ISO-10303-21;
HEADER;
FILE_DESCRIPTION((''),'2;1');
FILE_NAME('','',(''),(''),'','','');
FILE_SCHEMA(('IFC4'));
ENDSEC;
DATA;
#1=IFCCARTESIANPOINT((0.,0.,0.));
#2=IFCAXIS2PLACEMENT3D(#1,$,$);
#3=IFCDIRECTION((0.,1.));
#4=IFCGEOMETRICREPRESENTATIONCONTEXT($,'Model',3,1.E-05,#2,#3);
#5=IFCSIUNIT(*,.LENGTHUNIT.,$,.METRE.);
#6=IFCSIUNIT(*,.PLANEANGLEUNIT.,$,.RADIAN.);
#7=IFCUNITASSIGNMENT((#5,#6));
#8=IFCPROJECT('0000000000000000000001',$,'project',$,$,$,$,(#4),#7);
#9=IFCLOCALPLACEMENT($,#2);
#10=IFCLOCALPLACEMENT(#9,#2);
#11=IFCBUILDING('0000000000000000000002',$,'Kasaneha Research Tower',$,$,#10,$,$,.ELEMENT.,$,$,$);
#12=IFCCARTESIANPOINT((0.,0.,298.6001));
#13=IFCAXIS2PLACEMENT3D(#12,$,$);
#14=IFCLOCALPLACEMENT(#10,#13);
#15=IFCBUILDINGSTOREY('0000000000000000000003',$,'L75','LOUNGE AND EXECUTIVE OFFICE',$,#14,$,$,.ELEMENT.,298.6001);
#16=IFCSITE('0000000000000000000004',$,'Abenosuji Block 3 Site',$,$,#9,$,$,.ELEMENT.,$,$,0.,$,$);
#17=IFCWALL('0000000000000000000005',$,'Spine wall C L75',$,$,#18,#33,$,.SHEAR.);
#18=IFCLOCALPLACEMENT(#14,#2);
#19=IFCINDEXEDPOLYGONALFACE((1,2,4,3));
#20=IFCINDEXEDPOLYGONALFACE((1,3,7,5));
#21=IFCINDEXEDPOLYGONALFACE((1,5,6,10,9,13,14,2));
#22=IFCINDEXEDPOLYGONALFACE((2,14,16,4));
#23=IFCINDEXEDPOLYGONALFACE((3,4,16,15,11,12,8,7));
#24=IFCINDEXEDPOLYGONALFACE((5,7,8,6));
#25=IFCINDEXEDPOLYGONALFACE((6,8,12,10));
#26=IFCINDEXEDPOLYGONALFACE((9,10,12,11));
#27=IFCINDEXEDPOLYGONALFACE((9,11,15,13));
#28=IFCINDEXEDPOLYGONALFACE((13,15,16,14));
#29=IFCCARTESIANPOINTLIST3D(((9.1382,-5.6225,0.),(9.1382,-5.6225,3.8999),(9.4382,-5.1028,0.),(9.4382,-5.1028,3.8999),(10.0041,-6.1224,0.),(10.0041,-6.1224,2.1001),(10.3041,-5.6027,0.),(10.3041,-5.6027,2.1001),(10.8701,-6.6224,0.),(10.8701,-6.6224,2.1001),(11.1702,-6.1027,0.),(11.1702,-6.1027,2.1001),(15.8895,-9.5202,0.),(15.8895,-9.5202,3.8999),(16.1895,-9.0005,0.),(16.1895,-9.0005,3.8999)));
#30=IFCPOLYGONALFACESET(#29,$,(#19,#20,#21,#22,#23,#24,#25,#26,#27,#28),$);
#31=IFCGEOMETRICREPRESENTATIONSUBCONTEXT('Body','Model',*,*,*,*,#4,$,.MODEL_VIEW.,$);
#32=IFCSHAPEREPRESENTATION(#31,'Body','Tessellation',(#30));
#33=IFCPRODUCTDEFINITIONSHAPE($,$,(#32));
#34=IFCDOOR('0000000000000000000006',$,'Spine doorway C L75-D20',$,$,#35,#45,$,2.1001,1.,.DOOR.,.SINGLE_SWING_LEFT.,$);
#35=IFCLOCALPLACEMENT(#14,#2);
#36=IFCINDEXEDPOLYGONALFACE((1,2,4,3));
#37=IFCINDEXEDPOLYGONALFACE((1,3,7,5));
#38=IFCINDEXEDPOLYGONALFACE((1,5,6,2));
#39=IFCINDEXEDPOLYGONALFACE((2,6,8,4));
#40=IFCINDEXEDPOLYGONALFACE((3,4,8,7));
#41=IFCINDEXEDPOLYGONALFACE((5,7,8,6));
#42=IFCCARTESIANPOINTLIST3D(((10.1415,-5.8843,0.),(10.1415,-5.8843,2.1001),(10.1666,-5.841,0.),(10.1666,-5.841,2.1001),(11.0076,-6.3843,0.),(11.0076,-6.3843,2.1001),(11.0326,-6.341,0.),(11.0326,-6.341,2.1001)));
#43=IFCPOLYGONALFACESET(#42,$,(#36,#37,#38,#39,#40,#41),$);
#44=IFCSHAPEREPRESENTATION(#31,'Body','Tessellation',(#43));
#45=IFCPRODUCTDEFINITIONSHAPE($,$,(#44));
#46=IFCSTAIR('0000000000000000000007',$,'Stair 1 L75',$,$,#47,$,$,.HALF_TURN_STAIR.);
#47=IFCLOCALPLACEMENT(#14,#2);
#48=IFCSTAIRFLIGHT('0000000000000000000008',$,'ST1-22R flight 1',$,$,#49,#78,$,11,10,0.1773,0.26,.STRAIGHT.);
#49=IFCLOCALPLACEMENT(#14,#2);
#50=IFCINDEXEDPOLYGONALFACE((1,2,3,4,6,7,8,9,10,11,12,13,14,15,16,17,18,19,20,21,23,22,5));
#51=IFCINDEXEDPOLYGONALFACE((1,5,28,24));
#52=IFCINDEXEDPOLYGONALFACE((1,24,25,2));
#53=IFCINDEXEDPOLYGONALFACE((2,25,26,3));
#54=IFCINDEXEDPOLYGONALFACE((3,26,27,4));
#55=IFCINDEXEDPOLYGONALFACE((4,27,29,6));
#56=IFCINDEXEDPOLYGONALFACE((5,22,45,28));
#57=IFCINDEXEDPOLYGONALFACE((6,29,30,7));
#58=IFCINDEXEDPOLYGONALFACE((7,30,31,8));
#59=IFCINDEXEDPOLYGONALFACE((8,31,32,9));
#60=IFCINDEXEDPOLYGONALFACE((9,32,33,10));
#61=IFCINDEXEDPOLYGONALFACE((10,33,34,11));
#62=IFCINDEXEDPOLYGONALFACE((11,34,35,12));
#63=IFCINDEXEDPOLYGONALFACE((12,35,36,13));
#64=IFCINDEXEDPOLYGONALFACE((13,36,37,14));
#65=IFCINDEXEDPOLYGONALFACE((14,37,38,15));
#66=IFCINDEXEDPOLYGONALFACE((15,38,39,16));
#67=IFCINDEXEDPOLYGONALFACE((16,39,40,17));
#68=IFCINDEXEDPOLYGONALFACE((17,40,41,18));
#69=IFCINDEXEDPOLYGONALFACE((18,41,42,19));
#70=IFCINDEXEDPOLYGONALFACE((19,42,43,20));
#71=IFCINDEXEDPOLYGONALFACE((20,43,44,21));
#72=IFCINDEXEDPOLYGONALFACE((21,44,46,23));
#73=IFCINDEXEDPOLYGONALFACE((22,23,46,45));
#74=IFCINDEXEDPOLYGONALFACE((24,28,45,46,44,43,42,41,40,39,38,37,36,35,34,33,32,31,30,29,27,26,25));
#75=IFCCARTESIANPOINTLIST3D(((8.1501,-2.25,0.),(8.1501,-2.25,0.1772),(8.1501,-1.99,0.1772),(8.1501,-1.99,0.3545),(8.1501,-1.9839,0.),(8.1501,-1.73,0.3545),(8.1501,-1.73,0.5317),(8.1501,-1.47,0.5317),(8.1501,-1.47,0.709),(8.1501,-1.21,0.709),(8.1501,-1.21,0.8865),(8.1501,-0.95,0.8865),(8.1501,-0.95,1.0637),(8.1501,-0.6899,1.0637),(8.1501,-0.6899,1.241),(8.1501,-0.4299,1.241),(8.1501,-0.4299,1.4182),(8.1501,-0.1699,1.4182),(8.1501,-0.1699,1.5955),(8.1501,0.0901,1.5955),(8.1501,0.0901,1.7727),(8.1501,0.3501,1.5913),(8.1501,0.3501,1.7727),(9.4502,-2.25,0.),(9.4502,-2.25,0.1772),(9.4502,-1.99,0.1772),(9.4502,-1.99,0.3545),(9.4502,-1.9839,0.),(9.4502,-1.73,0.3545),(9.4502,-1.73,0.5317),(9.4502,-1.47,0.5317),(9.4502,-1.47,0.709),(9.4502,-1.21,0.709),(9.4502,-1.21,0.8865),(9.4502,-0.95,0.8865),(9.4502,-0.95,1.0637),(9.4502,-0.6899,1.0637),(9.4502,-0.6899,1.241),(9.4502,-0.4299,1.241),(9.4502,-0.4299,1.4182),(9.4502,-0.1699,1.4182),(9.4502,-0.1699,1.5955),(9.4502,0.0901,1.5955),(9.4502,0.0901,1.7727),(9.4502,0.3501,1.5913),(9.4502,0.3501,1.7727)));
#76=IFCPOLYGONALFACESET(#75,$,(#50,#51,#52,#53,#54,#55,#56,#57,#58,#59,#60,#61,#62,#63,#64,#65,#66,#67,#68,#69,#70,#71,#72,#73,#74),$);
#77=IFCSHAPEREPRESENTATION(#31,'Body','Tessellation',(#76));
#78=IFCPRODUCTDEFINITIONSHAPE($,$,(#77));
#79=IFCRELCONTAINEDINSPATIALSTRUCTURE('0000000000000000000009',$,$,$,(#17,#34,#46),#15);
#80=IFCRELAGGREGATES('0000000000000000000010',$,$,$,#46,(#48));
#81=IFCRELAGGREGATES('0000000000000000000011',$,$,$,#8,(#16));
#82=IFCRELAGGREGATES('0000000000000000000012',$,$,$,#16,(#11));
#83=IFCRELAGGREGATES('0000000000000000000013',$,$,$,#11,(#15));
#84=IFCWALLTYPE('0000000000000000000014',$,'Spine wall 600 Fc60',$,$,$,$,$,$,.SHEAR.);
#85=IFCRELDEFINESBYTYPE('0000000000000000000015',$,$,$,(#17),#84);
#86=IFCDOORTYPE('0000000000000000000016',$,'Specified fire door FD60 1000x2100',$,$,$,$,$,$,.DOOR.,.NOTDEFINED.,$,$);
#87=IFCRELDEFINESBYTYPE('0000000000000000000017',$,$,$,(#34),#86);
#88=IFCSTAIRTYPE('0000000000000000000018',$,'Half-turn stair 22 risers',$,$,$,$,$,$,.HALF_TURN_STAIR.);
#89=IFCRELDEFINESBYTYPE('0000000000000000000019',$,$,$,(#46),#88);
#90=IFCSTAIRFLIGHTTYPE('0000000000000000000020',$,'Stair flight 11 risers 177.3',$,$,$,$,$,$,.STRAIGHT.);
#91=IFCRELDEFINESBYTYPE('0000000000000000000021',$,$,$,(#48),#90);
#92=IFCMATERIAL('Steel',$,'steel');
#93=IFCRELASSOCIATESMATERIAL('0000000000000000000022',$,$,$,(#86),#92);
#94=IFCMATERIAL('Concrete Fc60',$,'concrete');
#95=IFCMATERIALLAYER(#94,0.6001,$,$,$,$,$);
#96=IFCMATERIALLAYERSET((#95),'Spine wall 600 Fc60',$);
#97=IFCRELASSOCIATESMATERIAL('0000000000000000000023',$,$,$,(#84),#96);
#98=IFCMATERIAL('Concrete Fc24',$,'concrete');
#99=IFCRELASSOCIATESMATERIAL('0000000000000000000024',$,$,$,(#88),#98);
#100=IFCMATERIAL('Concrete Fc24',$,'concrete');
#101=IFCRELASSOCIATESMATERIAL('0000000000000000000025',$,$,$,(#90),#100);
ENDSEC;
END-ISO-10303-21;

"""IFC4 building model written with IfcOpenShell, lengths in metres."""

from ifc_helpers import new_model, si_unit, direction, frame, frame_2d, origin, place, context, subcontext, project, spatial, polyline, rectangle, outline, extrude, material, layer, layer_set, type_object, element, fill, aggregate, save


model = new_model("IFC4")

# Units and contexts
model_context = context("Model", 3, precision=1e-05, world=origin(), true_north=direction((0.0, 1.0)))
body_context = subcontext(model_context, "Body", "Model", "MODEL_VIEW")
ifc_project = project(units=[si_unit("LENGTHUNIT", "METRE"), si_unit("PLANEANGLEUNIT", "RADIAN")], contexts=[model_context])

# Site, building, storey
site_placement = place(None, origin())
site = spatial("IfcSite", under=ifc_project, at=site_placement, Name="Abenosuji Block 3 Site", CompositionType="ELEMENT", RefElevation=0.0)
building_placement = place(site_placement, origin())
building = spatial("IfcBuilding", under=site, at=building_placement, Name="Kasaneha Research Tower", CompositionType="ELEMENT")
storey_placement = place(building_placement, frame((0.0, 0.0, 298.6001)))
storey = spatial("IfcBuildingStorey", under=building, at=storey_placement, Name="L75", Description="LOUNGE AND EXECUTIVE OFFICE", CompositionType="ELEMENT", Elevation=298.6001)

# Shared definitions
ifc_material_1 = material(Name="Steel", Category="steel")
door_type_1 = type_object("IfcDoorType", Name="Specified fire door FD60 1000x2100", OperationType="NOTDEFINED", PredefinedType="DOOR", material=ifc_material_1)

# Wall, opening, door
ifc_material_2 = material(Name="Concrete Fc60", Category="concrete")
ifc_layer_1 = layer(ifc_material_2, 0.6001)
ifc_layer_set_1 = layer_set([ifc_layer_1], Name="Spine wall 600 Fc60")
wall_type_1 = type_object("IfcWallType", Name="Spine wall 600 Fc60", PredefinedType="SHEAR", material=ifc_layer_set_1)
wall_1_placement = place(storey_placement, frame((9.2881, -5.3625, 0.0), z_axis=(0.0, 0.0, 1.0), x_axis=(0.866032, -0.499989, 0.0)))
wall_1 = element("IfcWall", 1, at=wall_1_placement, inside=storey, type_object=wall_type_1, Name="Spine wall C L75", PredefinedType="SHEAR", context=body_context, shape_type="SweptSolid", body=[
    extrude(rectangle(XDim=7.7957, YDim=0.6001, at=frame_2d((3.8979, 0.0))), origin(), (0.0, 0.0, 1.0), 3.8999),
])
opening_1_placement = place(wall_1_placement, frame((1.0, 0.0, 0.0)))
opening_1 = element("IfcOpeningElement", 2, at=opening_1_placement, cuts=wall_1, PredefinedType="OPENING", context=body_context, shape_type="SweptSolid", body=[
    extrude(rectangle(XDim=1.0, YDim=2.1001, at=frame_2d((0.5, 1.05))), frame((0.0, 0.3101, 0.0), z_axis=(0.0, -1.0, 0.0), x_axis=(1.0, 0.0, 0.0)), (0.0, 0.0, 1.0), 0.6201),
])
door_1_placement = place(opening_1_placement, origin())
door_1 = element("IfcDoor", 3, at=door_1_placement, inside=storey, type_object=door_type_1, Name="Spine doorway C L75-D20", OperationType="SINGLE_SWING_LEFT", OverallHeight=2.1001, OverallWidth=1.0, PredefinedType="DOOR", context=body_context, shape_type="SweptSolid", body=[
    extrude(rectangle(XDim=1.0, YDim=2.1001, at=frame_2d((0.5, 1.05))), frame((0.0, 0.0249, 0.0), z_axis=(0.0, -1.0, 0.0), x_axis=(1.0, 0.0, 0.0)), (0.0, 0.0, 1.0), 0.05),
])
fill(opening_1, door_1)

# Stair, stair flight
ifc_material_3 = material(Name="Concrete Fc24", Category="concrete")
stair_type = type_object("IfcStairType", Name="Half-turn stair 22 risers", PredefinedType="HALF_TURN_STAIR", material=ifc_material_3)
stair_placement = place(storey_placement, origin())
stair = element("IfcStair", 4, at=stair_placement, inside=storey, type_object=stair_type, Name="Stair 1 L75", PredefinedType="HALF_TURN_STAIR")
ifc_material_4 = material(Name="Concrete Fc24", Category="concrete")
stair_flight_type = type_object("IfcStairFlightType", Name="Stair flight 11 risers 177.3", PredefinedType="STRAIGHT", material=ifc_material_4)
stair_flight_placement = place(storey_placement, frame((8.8, -2.25, 0.0), z_axis=(0.0, 0.0, 1.0), x_axis=(0.0, 1.0, 0.0)))
stair_flight = element("IfcStairFlight", 5, at=stair_flight_placement, type_object=stair_flight_type, Name="ST1-22R flight 1", NumberOfRisers=11, NumberOfTreads=10, PredefinedType="STRAIGHT", RiserHeight=0.1773, TreadLength=0.26, context=body_context, shape_type="SweptSolid", body=[
    extrude(outline(polyline([(0.0, 0.0), (0.0, 0.1772), (0.26, 0.1772), (0.26, 0.3545), (0.52, 0.3545), (0.52, 0.5317), (0.78, 0.5317), (0.78, 0.709), (1.04, 0.709), (1.04, 0.8865), (1.3, 0.8865), (1.3, 1.0637), (1.5601, 1.0637), (1.5601, 1.241), (1.8201, 1.241), (1.8201, 1.4182), (2.0801, 1.4182), (2.0801, 1.5955), (2.3401, 1.5955), (2.3401, 1.7727), (2.6001, 1.7727), (2.6001, 1.95), (2.6001, 1.5913), (0.2661, 0.0), (0.0, 0.0)])), frame((0.0, 0.6499, 0.0), z_axis=(0.0, -1.0, 0.0), x_axis=(1.0, 0.0, 0.0)), (0.0, 0.0, 1.0), 1.3),
])
aggregate(stair, [stair_flight])

save(model, "model.ifc")
